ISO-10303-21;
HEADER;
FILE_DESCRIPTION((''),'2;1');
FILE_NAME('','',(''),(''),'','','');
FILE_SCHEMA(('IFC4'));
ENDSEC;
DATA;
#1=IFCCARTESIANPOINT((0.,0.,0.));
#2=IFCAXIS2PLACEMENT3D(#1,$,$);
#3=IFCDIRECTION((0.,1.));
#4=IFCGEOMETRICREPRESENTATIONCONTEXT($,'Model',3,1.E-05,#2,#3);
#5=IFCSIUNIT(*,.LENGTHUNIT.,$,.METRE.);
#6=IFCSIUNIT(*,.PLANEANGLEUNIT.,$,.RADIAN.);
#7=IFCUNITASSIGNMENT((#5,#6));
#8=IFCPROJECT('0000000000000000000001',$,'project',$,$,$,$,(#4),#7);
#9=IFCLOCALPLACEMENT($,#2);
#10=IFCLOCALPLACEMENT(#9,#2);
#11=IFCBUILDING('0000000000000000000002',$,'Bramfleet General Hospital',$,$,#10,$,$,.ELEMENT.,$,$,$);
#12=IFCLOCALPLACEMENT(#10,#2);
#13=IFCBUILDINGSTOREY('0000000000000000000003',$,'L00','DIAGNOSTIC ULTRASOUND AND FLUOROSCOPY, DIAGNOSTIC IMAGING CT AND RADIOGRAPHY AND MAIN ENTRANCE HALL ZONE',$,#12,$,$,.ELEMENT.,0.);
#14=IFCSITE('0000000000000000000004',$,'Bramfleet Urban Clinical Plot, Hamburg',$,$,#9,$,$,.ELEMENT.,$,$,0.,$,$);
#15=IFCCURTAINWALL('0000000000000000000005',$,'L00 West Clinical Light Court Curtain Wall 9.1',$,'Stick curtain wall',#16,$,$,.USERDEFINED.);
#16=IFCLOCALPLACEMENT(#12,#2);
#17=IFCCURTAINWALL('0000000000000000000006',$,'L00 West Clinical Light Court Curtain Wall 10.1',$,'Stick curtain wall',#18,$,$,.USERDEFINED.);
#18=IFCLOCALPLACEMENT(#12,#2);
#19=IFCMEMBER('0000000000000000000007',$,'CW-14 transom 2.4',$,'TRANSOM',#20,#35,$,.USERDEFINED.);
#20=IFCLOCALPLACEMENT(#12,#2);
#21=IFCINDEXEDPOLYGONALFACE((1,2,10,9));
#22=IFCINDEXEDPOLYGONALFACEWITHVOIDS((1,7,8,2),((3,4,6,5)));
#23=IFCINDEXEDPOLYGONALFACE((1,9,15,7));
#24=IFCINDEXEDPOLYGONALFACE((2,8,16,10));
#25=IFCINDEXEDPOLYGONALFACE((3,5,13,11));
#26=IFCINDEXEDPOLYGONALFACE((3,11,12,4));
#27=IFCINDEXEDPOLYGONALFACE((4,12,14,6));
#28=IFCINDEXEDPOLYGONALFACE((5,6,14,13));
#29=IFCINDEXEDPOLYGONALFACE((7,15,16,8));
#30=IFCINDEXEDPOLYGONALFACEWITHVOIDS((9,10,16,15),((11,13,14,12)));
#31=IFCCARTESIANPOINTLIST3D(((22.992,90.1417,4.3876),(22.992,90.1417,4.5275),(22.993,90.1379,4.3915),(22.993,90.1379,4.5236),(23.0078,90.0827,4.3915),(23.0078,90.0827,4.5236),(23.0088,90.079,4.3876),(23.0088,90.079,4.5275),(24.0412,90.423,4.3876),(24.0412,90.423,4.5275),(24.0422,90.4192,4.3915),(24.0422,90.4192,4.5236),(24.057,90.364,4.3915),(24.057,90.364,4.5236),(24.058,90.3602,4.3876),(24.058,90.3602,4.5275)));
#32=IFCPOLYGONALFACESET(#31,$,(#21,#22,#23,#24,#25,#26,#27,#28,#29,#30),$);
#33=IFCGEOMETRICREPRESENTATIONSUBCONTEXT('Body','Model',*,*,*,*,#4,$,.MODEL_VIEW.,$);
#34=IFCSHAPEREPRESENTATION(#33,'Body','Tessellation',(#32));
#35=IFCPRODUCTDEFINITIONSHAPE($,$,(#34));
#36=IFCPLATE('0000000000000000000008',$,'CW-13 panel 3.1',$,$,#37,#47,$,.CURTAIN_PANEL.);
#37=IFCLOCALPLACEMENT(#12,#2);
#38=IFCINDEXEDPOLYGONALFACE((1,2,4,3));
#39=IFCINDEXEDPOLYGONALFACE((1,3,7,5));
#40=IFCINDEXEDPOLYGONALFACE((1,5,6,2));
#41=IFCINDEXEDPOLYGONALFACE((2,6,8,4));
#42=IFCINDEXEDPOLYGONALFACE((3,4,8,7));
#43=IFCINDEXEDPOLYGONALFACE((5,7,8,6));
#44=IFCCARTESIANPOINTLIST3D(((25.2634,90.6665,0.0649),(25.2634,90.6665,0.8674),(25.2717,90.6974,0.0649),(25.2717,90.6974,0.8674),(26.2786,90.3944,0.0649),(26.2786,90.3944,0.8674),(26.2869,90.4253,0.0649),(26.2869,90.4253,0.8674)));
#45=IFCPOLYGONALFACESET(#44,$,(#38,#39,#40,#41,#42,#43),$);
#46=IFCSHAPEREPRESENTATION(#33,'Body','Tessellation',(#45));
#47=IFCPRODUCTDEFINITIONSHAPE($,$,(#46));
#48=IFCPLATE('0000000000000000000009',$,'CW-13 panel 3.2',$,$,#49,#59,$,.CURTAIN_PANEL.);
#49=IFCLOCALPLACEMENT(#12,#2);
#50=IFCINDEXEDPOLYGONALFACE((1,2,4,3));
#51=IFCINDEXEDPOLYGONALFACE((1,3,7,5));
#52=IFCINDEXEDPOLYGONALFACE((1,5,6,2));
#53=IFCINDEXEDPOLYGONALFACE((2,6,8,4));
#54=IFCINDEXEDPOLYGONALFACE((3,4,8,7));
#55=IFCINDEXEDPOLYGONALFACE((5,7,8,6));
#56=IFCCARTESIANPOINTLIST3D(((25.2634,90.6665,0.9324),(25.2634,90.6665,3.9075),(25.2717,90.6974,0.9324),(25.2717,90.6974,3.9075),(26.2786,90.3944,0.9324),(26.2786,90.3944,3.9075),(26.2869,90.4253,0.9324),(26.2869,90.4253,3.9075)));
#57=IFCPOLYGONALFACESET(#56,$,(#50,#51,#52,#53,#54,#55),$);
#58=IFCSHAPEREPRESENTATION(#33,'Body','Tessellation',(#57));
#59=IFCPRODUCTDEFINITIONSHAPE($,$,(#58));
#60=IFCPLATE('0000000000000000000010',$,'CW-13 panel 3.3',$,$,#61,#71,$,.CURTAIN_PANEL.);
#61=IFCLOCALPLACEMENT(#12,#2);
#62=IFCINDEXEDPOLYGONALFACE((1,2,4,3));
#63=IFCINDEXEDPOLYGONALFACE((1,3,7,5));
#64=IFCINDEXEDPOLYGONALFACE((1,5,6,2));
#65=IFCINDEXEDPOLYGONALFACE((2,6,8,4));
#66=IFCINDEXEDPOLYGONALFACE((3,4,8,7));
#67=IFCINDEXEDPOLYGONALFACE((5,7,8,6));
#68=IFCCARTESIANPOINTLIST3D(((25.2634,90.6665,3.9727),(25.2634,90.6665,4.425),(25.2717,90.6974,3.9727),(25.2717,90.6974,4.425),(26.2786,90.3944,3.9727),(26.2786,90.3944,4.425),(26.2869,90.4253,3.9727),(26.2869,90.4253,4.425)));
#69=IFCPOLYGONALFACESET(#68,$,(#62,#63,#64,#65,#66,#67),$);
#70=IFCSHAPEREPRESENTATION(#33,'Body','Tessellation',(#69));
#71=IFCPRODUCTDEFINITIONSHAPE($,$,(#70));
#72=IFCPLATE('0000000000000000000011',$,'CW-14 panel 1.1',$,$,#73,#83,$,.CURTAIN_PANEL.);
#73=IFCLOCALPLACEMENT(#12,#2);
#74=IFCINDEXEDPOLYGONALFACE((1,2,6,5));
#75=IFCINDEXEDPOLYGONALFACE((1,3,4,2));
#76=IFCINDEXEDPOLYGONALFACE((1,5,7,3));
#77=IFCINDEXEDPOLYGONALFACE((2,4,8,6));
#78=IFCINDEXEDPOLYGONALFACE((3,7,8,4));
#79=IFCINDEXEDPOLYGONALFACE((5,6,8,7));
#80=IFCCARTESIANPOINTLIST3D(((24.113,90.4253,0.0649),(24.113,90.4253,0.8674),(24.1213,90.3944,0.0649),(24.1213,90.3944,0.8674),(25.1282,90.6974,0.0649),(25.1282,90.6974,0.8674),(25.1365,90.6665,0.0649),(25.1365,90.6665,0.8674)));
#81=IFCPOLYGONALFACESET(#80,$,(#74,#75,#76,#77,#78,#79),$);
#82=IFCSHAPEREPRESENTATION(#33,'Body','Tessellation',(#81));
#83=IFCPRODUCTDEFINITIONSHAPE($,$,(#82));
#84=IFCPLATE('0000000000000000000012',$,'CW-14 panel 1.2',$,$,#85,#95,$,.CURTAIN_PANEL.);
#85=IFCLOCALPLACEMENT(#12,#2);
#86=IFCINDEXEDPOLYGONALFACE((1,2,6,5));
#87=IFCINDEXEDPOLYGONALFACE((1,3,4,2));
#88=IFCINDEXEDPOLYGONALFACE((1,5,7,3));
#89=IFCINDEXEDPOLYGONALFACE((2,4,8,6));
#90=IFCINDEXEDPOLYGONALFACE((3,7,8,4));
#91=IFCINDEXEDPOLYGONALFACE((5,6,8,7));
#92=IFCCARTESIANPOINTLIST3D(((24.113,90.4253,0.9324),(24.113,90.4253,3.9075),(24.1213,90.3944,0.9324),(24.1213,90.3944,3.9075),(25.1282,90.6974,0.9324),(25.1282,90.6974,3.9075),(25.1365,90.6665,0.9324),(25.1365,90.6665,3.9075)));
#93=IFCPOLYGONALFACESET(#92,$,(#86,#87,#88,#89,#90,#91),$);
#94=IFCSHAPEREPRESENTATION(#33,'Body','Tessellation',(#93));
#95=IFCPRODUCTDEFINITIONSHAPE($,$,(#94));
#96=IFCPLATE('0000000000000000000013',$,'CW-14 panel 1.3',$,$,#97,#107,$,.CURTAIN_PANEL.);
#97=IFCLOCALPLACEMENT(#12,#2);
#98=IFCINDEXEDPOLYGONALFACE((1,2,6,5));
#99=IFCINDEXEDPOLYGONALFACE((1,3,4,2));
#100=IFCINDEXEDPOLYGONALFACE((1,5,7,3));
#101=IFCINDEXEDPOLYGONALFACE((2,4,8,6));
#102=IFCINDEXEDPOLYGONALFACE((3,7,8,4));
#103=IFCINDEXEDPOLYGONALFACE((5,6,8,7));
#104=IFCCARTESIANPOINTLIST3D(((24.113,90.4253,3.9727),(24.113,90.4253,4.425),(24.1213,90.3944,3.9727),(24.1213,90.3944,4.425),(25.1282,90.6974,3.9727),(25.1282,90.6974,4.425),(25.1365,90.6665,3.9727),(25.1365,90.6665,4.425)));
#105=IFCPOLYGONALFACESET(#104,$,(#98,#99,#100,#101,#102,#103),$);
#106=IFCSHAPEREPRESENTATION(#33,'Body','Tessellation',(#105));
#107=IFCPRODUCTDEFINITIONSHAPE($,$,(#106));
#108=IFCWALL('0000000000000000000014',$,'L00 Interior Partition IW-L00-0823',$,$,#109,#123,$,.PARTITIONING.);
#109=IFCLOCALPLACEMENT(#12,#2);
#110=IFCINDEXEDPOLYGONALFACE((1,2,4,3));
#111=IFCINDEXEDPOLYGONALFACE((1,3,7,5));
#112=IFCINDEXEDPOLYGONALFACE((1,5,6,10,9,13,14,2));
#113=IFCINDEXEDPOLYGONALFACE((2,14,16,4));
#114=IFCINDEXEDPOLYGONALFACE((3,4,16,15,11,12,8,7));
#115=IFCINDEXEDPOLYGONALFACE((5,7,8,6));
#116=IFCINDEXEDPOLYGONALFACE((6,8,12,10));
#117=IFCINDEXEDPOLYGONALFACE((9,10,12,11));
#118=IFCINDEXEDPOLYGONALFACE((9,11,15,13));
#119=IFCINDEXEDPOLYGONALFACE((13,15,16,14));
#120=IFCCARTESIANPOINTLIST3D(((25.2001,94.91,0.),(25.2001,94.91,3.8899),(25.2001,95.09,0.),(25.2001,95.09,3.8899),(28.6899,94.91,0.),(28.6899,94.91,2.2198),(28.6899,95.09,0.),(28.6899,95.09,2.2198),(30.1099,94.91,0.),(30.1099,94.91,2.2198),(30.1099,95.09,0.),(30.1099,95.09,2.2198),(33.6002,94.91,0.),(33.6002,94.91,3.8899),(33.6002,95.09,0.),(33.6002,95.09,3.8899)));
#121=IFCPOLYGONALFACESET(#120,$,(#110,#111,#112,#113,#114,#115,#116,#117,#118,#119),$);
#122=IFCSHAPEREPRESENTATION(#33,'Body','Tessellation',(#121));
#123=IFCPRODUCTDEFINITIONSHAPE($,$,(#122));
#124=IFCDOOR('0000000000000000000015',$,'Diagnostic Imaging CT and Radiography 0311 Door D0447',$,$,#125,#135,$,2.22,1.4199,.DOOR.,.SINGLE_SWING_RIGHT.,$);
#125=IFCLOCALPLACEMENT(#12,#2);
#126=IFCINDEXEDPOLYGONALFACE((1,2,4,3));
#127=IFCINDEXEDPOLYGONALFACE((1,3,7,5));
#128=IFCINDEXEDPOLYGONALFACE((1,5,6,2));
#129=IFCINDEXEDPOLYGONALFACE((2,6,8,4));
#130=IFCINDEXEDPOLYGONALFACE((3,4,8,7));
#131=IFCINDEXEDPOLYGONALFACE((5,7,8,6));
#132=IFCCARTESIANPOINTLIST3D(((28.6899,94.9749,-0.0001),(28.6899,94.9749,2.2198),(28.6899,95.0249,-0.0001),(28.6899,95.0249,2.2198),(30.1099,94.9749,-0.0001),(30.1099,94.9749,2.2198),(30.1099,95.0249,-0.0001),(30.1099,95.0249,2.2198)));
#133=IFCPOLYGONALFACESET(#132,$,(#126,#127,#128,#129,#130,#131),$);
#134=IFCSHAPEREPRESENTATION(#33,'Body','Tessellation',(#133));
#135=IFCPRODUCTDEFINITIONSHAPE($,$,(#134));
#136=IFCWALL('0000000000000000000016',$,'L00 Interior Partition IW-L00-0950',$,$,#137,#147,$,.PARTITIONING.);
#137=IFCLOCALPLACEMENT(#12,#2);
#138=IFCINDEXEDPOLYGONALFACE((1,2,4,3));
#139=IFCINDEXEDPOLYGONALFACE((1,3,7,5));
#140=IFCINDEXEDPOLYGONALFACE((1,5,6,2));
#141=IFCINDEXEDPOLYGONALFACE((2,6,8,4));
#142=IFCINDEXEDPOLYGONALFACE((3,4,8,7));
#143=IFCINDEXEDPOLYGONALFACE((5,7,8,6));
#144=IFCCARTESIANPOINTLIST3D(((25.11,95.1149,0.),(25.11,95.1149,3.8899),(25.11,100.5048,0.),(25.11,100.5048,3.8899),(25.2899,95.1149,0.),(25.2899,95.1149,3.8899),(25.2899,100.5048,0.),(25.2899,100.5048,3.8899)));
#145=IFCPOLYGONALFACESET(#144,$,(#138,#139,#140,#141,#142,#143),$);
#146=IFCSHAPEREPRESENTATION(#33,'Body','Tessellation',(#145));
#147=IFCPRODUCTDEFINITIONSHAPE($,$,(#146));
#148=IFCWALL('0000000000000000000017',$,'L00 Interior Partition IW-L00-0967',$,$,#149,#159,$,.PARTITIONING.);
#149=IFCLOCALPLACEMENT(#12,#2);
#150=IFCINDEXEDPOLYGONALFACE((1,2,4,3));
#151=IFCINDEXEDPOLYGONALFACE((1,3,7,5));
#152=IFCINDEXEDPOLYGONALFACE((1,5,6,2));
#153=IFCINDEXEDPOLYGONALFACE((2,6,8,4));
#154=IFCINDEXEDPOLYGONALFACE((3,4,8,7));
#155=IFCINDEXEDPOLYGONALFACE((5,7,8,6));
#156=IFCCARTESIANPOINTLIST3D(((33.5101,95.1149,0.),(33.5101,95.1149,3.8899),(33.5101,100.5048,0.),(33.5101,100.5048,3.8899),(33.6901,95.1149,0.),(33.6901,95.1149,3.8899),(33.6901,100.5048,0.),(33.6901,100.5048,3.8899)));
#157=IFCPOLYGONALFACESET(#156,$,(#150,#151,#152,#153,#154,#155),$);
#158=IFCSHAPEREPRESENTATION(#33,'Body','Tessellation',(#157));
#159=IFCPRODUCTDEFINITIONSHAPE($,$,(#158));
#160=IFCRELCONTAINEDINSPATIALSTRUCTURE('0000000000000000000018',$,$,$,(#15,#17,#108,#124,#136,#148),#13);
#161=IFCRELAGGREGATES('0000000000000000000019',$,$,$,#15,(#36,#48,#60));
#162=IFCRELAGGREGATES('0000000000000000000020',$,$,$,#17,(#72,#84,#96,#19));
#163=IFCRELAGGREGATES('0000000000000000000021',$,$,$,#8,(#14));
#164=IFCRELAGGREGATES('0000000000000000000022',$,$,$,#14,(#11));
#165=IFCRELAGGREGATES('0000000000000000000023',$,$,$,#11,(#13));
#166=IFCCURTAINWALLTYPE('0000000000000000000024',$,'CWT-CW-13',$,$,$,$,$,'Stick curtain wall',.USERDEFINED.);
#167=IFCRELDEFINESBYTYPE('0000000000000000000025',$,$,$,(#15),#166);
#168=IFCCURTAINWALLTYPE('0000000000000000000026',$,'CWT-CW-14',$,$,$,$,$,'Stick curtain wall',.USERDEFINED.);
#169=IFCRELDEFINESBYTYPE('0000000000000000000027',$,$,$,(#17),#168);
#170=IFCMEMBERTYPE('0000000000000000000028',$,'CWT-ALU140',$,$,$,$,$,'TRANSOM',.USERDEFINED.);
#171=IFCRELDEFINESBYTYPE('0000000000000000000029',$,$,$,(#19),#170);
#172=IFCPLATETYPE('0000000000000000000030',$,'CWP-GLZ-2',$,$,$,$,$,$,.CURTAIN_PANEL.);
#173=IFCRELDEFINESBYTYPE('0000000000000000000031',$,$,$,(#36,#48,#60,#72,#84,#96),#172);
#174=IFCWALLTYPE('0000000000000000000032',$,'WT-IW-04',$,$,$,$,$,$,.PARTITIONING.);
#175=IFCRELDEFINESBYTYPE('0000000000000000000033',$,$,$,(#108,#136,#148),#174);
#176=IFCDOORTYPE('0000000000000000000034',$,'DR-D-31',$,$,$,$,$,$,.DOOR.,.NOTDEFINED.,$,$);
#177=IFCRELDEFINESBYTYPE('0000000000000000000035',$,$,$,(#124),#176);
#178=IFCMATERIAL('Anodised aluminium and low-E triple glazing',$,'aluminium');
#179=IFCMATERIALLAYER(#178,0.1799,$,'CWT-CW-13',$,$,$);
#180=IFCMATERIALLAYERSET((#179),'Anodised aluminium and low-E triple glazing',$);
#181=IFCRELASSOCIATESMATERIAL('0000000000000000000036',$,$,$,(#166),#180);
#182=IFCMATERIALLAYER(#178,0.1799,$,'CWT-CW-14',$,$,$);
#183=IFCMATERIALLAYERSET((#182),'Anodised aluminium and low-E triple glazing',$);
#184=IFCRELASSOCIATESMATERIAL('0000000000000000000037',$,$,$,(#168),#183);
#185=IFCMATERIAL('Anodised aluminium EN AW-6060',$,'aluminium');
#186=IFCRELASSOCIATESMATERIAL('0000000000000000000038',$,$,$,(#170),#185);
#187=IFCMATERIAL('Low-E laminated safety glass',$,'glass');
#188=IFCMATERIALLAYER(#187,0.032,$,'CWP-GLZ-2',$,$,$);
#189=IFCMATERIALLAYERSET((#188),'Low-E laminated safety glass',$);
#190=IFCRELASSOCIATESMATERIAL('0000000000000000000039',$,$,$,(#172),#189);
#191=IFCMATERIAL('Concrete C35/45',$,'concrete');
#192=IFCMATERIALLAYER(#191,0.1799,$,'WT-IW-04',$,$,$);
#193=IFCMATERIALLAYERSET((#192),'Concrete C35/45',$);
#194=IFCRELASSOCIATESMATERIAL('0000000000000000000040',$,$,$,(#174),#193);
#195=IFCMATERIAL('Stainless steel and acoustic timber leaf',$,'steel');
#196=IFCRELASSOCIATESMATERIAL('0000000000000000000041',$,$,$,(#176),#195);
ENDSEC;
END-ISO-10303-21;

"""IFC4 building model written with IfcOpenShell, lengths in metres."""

from ifc_helpers import new_model, si_unit, direction, frame, frame_2d, origin, origin_2d, place, context, subcontext, project, spatial, rectangle, hollow_rectangle, extrude, material, layer, layer_set, material_profile, profile_set, type_object, element, fill, aggregate, save


model = new_model("IFC4")

# Units and contexts
model_context = context("Model", 3, precision=1e-05, world=origin(), true_north=direction((0.0, 1.0)))
body_context = subcontext(model_context, "Body", "Model", "MODEL_VIEW")
ifc_project = project(units=[si_unit("LENGTHUNIT", "METRE"), si_unit("PLANEANGLEUNIT", "RADIAN")], contexts=[model_context])

# Site, building, storey
site_placement = place(None, origin())
site = spatial("IfcSite", under=ifc_project, at=site_placement, Name="Bramfleet Urban Clinical Plot, Hamburg", CompositionType="ELEMENT", RefElevation=0.0)
building_placement = place(site_placement, origin())
building = spatial("IfcBuilding", under=site, at=building_placement, Name="Bramfleet General Hospital", CompositionType="ELEMENT")
storey_placement = place(building_placement, origin())
storey = spatial("IfcBuildingStorey", under=building, at=storey_placement, Name="L00", Description="DIAGNOSTIC ULTRASOUND AND FLUOROSCOPY, DIAGNOSTIC IMAGING CT AND RADIOGRAPHY AND MAIN ENTRANCE HALL ZONE", CompositionType="ELEMENT", Elevation=0.0)

# Shared definitions
ifc_material_1 = material(Name="Concrete C35/45", Category="concrete")

# Curtain walls
ifc_material_2 = material(Name="Anodised aluminium and low-E triple glazing", Category="aluminium")
ifc_layer_1 = layer(ifc_material_2, 0.1799, Name="CWT-CW-13")
ifc_layer_set_1 = layer_set([ifc_layer_1], Name="Anodised aluminium and low-E triple glazing")
curtain_wall_type_1 = type_object("IfcCurtainWallType", Name="CWT-CW-13", ElementType="Stick curtain wall", PredefinedType="USERDEFINED", material=ifc_layer_set_1)
curtain_wall_1_placement = place(storey_placement, origin())
curtain_wall_1 = element("IfcCurtainWall", 1, at=curtain_wall_1_placement, inside=storey, type_object=curtain_wall_type_1, Name="L00 West Clinical Light Court Curtain Wall 9.1", ObjectType="Stick curtain wall", PredefinedType="USERDEFINED")
ifc_material_3 = material(Name="Anodised aluminium EN AW-6060", Category="aluminium")
ifc_layer_2 = layer(ifc_material_2, 0.1799, Name="CWT-CW-14")
ifc_layer_set_2 = layer_set([ifc_layer_2], Name="Anodised aluminium and low-E triple glazing")
curtain_wall_type_2 = type_object("IfcCurtainWallType", Name="CWT-CW-14", ElementType="Stick curtain wall", PredefinedType="USERDEFINED", material=ifc_layer_set_2)
curtain_wall_2_placement = place(storey_placement, origin())
curtain_wall_2 = element("IfcCurtainWall", 2, at=curtain_wall_2_placement, inside=storey, type_object=curtain_wall_type_2, Name="L00 West Clinical Light Court Curtain Wall 10.1", ObjectType="Stick curtain wall", PredefinedType="USERDEFINED")

# Member
ifc_material_profile_1 = material_profile(ifc_material_3, hollow_rectangle(XDim=0.0649, YDim=0.1399, WallThickness=0.0039, at=origin_2d()), Name="ALU 140x65x4.0")
ifc_profile_set_1 = profile_set([ifc_material_profile_1], Name="Anodised aluminium EN AW-6060")
member_type_1 = type_object("IfcMemberType", Name="CWT-ALU140", ElementType="TRANSOM", PredefinedType="USERDEFINED", material=ifc_profile_set_1)
member_1_placement = place(storey_placement, frame((24.0496, 90.3916, 4.4575), z_axis=(-0.965891, -0.25895, 0.0), x_axis=(0.25895, -0.965891, 0.0)))
member_1 = element("IfcMember", 3, at=member_1_placement, type_object=member_type_1, Name="CW-14 transom 2.4", ObjectType="TRANSOM", PredefinedType="USERDEFINED", context=body_context, shape_type="SweptSolid", body=[
    extrude(hollow_rectangle(XDim=0.0649, YDim=0.1399, WallThickness=0.0039, at=origin_2d()), origin(), (0.0, 0.0, 1.0), 1.0862),
])

# Plates
ifc_material_4 = material(Name="Low-E laminated safety glass", Category="glass")
ifc_layer_3 = layer(ifc_material_4, 0.032, Name="CWP-GLZ-2")
ifc_layer_set_3 = layer_set([ifc_layer_3], Name="Low-E laminated safety glass")
plate_type = type_object("IfcPlateType", Name="CWP-GLZ-2", PredefinedType="CURTAIN_PANEL", material=ifc_layer_set_3)
plate_1_placement = place(storey_placement, frame((25.7751, 90.5459, 0.0649), z_axis=(0.0, 0.0, 1.0), x_axis=(-0.965899, 0.258919, 0.0)))
plate_1 = element("IfcPlate", 4, at=plate_1_placement, type_object=plate_type, Name="CW-13 panel 3.1", PredefinedType="CURTAIN_PANEL", context=body_context, shape_type="SweptSolid", body=[
    extrude(rectangle(XDim=1.051, YDim=0.032, at=origin_2d()), origin(), (0.0, 0.0, 1.0), 0.8025),
])
plate_2_placement = place(storey_placement, frame((25.7751, 90.5459, 0.9324), z_axis=(0.0, 0.0, 1.0), x_axis=(-0.965899, 0.258919, 0.0)))
plate_2 = element("IfcPlate", 5, at=plate_2_placement, type_object=plate_type, Name="CW-13 panel 3.2", PredefinedType="CURTAIN_PANEL", context=body_context, shape_type="SweptSolid", body=[
    extrude(rectangle(XDim=1.051, YDim=0.032, at=origin_2d()), origin(), (0.0, 0.0, 1.0), 2.9751),
])
plate_3_placement = place(storey_placement, frame((25.7751, 90.5459, 3.9727), z_axis=(0.0, 0.0, 1.0), x_axis=(-0.965899, 0.258919, 0.0)))
plate_3 = element("IfcPlate", 6, at=plate_3_placement, type_object=plate_type, Name="CW-13 panel 3.3", PredefinedType="CURTAIN_PANEL", context=body_context, shape_type="SweptSolid", body=[
    extrude(rectangle(XDim=1.051, YDim=0.032, at=origin_2d()), origin(), (0.0, 0.0, 1.0), 0.4524),
])
aggregate(curtain_wall_1, [plate_1, plate_2, plate_3])
plate_4_placement = place(storey_placement, frame((24.6248, 90.5459, 0.0649), z_axis=(0.0, 0.0, 1.0), x_axis=(-0.965899, -0.258919, 0.0)))
plate_4 = element("IfcPlate", 7, at=plate_4_placement, type_object=plate_type, Name="CW-14 panel 1.1", PredefinedType="CURTAIN_PANEL", context=body_context, shape_type="SweptSolid", body=[
    extrude(rectangle(XDim=1.051, YDim=0.032, at=origin_2d()), origin(), (0.0, 0.0, 1.0), 0.8025),
])
plate_5_placement = place(storey_placement, frame((24.6248, 90.5459, 0.9324), z_axis=(0.0, 0.0, 1.0), x_axis=(-0.965899, -0.258919, 0.0)))
plate_5 = element("IfcPlate", 8, at=plate_5_placement, type_object=plate_type, Name="CW-14 panel 1.2", PredefinedType="CURTAIN_PANEL", context=body_context, shape_type="SweptSolid", body=[
    extrude(rectangle(XDim=1.051, YDim=0.032, at=origin_2d()), origin(), (0.0, 0.0, 1.0), 2.9751),
])
plate_6_placement = place(storey_placement, frame((24.6248, 90.5459, 3.9727), z_axis=(0.0, 0.0, 1.0), x_axis=(-0.965899, -0.258919, 0.0)))
plate_6 = element("IfcPlate", 9, at=plate_6_placement, type_object=plate_type, Name="CW-14 panel 1.3", PredefinedType="CURTAIN_PANEL", context=body_context, shape_type="SweptSolid", body=[
    extrude(rectangle(XDim=1.051, YDim=0.032, at=origin_2d()), origin(), (0.0, 0.0, 1.0), 0.4524),
])
aggregate(curtain_wall_2, [plate_4, plate_5, plate_6, member_1])

# Wall, opening, door
ifc_layer_4 = layer(ifc_material_1, 0.1799, Name="WT-IW-04")
ifc_layer_set_4 = layer_set([ifc_layer_4], Name="Concrete C35/45")
wall_type_1 = type_object("IfcWallType", Name="WT-IW-04", PredefinedType="PARTITIONING", material=ifc_layer_set_4)
wall_1_placement = place(storey_placement, frame((25.2, 95.0, 0.0), z_axis=(0.0, 0.0, 1.0), x_axis=(1.0, 0.0, 0.0)))
wall_1 = element("IfcWall", 10, at=wall_1_placement, inside=storey, type_object=wall_type_1, Name="L00 Interior Partition IW-L00-0823", PredefinedType="PARTITIONING", context=body_context, shape_type="SweptSolid", body=[
    extrude(rectangle(XDim=8.4001, YDim=0.1799, at=frame_2d((4.2002, 0.0))), origin(), (0.0, 0.0, 1.0), 3.8899),
])
opening_1_placement = place(wall_1_placement, frame((3.49, 0.0, 0.0)))
opening_1 = element("IfcOpeningElement", 11, at=opening_1_placement, cuts=wall_1, PredefinedType="OPENING", context=body_context, shape_type="SweptSolid", body=[
    extrude(rectangle(XDim=1.4199, YDim=2.22, at=frame_2d((0.71, 1.1099))), frame((0.0, 0.0999, 0.0), z_axis=(0.0, -1.0, 0.0), x_axis=(1.0, 0.0, 0.0)), (0.0, 0.0, 1.0), 0.2),
])
ifc_material_5 = material(Name="Stainless steel and acoustic timber leaf", Category="steel")
door_type_1 = type_object("IfcDoorType", Name="DR-D-31", OperationType="NOTDEFINED", PredefinedType="DOOR", material=ifc_material_5)
door_1_placement = place(opening_1_placement, origin())
door_1 = element("IfcDoor", 12, at=door_1_placement, inside=storey, type_object=door_type_1, Name="Diagnostic Imaging CT and Radiography 0311 Door D0447", OperationType="SINGLE_SWING_RIGHT", OverallHeight=2.22, OverallWidth=1.4199, PredefinedType="DOOR", context=body_context, shape_type="SweptSolid", body=[
    extrude(rectangle(XDim=1.4199, YDim=2.22, at=frame_2d((0.71, 1.1099))), frame((0.0, 0.0249, 0.0), z_axis=(0.0, -1.0, 0.0), x_axis=(1.0, 0.0, 0.0)), (0.0, 0.0, 1.0), 0.05),
])
fill(opening_1, door_1)

# Walls
for number, where, z_axis, x_axis, name in (
    (13, (25.2, 95.115, 0.0), (0.0, 0.0, 1.0), (0.0, 1.0, 0.0), "L00 Interior Partition IW-L00-0950"),
    (14, (33.6001, 95.115, 0.0), (0.0, 0.0, 1.0), (0.0, 1.0, 0.0), "L00 Interior Partition IW-L00-0967"),
):
    element("IfcWall", number, at=place(storey_placement, frame(where, z_axis=z_axis, x_axis=x_axis)), inside=storey, type_object=wall_type_1, Name=name, PredefinedType="PARTITIONING", context=body_context, shape_type="SweptSolid", body=[
        extrude(rectangle(XDim=5.3899, YDim=0.1799, at=frame_2d((2.6948, 0.0))), origin(), (0.0, 0.0, 1.0), 3.8899),
    ])

save(model, "model.ifc")
